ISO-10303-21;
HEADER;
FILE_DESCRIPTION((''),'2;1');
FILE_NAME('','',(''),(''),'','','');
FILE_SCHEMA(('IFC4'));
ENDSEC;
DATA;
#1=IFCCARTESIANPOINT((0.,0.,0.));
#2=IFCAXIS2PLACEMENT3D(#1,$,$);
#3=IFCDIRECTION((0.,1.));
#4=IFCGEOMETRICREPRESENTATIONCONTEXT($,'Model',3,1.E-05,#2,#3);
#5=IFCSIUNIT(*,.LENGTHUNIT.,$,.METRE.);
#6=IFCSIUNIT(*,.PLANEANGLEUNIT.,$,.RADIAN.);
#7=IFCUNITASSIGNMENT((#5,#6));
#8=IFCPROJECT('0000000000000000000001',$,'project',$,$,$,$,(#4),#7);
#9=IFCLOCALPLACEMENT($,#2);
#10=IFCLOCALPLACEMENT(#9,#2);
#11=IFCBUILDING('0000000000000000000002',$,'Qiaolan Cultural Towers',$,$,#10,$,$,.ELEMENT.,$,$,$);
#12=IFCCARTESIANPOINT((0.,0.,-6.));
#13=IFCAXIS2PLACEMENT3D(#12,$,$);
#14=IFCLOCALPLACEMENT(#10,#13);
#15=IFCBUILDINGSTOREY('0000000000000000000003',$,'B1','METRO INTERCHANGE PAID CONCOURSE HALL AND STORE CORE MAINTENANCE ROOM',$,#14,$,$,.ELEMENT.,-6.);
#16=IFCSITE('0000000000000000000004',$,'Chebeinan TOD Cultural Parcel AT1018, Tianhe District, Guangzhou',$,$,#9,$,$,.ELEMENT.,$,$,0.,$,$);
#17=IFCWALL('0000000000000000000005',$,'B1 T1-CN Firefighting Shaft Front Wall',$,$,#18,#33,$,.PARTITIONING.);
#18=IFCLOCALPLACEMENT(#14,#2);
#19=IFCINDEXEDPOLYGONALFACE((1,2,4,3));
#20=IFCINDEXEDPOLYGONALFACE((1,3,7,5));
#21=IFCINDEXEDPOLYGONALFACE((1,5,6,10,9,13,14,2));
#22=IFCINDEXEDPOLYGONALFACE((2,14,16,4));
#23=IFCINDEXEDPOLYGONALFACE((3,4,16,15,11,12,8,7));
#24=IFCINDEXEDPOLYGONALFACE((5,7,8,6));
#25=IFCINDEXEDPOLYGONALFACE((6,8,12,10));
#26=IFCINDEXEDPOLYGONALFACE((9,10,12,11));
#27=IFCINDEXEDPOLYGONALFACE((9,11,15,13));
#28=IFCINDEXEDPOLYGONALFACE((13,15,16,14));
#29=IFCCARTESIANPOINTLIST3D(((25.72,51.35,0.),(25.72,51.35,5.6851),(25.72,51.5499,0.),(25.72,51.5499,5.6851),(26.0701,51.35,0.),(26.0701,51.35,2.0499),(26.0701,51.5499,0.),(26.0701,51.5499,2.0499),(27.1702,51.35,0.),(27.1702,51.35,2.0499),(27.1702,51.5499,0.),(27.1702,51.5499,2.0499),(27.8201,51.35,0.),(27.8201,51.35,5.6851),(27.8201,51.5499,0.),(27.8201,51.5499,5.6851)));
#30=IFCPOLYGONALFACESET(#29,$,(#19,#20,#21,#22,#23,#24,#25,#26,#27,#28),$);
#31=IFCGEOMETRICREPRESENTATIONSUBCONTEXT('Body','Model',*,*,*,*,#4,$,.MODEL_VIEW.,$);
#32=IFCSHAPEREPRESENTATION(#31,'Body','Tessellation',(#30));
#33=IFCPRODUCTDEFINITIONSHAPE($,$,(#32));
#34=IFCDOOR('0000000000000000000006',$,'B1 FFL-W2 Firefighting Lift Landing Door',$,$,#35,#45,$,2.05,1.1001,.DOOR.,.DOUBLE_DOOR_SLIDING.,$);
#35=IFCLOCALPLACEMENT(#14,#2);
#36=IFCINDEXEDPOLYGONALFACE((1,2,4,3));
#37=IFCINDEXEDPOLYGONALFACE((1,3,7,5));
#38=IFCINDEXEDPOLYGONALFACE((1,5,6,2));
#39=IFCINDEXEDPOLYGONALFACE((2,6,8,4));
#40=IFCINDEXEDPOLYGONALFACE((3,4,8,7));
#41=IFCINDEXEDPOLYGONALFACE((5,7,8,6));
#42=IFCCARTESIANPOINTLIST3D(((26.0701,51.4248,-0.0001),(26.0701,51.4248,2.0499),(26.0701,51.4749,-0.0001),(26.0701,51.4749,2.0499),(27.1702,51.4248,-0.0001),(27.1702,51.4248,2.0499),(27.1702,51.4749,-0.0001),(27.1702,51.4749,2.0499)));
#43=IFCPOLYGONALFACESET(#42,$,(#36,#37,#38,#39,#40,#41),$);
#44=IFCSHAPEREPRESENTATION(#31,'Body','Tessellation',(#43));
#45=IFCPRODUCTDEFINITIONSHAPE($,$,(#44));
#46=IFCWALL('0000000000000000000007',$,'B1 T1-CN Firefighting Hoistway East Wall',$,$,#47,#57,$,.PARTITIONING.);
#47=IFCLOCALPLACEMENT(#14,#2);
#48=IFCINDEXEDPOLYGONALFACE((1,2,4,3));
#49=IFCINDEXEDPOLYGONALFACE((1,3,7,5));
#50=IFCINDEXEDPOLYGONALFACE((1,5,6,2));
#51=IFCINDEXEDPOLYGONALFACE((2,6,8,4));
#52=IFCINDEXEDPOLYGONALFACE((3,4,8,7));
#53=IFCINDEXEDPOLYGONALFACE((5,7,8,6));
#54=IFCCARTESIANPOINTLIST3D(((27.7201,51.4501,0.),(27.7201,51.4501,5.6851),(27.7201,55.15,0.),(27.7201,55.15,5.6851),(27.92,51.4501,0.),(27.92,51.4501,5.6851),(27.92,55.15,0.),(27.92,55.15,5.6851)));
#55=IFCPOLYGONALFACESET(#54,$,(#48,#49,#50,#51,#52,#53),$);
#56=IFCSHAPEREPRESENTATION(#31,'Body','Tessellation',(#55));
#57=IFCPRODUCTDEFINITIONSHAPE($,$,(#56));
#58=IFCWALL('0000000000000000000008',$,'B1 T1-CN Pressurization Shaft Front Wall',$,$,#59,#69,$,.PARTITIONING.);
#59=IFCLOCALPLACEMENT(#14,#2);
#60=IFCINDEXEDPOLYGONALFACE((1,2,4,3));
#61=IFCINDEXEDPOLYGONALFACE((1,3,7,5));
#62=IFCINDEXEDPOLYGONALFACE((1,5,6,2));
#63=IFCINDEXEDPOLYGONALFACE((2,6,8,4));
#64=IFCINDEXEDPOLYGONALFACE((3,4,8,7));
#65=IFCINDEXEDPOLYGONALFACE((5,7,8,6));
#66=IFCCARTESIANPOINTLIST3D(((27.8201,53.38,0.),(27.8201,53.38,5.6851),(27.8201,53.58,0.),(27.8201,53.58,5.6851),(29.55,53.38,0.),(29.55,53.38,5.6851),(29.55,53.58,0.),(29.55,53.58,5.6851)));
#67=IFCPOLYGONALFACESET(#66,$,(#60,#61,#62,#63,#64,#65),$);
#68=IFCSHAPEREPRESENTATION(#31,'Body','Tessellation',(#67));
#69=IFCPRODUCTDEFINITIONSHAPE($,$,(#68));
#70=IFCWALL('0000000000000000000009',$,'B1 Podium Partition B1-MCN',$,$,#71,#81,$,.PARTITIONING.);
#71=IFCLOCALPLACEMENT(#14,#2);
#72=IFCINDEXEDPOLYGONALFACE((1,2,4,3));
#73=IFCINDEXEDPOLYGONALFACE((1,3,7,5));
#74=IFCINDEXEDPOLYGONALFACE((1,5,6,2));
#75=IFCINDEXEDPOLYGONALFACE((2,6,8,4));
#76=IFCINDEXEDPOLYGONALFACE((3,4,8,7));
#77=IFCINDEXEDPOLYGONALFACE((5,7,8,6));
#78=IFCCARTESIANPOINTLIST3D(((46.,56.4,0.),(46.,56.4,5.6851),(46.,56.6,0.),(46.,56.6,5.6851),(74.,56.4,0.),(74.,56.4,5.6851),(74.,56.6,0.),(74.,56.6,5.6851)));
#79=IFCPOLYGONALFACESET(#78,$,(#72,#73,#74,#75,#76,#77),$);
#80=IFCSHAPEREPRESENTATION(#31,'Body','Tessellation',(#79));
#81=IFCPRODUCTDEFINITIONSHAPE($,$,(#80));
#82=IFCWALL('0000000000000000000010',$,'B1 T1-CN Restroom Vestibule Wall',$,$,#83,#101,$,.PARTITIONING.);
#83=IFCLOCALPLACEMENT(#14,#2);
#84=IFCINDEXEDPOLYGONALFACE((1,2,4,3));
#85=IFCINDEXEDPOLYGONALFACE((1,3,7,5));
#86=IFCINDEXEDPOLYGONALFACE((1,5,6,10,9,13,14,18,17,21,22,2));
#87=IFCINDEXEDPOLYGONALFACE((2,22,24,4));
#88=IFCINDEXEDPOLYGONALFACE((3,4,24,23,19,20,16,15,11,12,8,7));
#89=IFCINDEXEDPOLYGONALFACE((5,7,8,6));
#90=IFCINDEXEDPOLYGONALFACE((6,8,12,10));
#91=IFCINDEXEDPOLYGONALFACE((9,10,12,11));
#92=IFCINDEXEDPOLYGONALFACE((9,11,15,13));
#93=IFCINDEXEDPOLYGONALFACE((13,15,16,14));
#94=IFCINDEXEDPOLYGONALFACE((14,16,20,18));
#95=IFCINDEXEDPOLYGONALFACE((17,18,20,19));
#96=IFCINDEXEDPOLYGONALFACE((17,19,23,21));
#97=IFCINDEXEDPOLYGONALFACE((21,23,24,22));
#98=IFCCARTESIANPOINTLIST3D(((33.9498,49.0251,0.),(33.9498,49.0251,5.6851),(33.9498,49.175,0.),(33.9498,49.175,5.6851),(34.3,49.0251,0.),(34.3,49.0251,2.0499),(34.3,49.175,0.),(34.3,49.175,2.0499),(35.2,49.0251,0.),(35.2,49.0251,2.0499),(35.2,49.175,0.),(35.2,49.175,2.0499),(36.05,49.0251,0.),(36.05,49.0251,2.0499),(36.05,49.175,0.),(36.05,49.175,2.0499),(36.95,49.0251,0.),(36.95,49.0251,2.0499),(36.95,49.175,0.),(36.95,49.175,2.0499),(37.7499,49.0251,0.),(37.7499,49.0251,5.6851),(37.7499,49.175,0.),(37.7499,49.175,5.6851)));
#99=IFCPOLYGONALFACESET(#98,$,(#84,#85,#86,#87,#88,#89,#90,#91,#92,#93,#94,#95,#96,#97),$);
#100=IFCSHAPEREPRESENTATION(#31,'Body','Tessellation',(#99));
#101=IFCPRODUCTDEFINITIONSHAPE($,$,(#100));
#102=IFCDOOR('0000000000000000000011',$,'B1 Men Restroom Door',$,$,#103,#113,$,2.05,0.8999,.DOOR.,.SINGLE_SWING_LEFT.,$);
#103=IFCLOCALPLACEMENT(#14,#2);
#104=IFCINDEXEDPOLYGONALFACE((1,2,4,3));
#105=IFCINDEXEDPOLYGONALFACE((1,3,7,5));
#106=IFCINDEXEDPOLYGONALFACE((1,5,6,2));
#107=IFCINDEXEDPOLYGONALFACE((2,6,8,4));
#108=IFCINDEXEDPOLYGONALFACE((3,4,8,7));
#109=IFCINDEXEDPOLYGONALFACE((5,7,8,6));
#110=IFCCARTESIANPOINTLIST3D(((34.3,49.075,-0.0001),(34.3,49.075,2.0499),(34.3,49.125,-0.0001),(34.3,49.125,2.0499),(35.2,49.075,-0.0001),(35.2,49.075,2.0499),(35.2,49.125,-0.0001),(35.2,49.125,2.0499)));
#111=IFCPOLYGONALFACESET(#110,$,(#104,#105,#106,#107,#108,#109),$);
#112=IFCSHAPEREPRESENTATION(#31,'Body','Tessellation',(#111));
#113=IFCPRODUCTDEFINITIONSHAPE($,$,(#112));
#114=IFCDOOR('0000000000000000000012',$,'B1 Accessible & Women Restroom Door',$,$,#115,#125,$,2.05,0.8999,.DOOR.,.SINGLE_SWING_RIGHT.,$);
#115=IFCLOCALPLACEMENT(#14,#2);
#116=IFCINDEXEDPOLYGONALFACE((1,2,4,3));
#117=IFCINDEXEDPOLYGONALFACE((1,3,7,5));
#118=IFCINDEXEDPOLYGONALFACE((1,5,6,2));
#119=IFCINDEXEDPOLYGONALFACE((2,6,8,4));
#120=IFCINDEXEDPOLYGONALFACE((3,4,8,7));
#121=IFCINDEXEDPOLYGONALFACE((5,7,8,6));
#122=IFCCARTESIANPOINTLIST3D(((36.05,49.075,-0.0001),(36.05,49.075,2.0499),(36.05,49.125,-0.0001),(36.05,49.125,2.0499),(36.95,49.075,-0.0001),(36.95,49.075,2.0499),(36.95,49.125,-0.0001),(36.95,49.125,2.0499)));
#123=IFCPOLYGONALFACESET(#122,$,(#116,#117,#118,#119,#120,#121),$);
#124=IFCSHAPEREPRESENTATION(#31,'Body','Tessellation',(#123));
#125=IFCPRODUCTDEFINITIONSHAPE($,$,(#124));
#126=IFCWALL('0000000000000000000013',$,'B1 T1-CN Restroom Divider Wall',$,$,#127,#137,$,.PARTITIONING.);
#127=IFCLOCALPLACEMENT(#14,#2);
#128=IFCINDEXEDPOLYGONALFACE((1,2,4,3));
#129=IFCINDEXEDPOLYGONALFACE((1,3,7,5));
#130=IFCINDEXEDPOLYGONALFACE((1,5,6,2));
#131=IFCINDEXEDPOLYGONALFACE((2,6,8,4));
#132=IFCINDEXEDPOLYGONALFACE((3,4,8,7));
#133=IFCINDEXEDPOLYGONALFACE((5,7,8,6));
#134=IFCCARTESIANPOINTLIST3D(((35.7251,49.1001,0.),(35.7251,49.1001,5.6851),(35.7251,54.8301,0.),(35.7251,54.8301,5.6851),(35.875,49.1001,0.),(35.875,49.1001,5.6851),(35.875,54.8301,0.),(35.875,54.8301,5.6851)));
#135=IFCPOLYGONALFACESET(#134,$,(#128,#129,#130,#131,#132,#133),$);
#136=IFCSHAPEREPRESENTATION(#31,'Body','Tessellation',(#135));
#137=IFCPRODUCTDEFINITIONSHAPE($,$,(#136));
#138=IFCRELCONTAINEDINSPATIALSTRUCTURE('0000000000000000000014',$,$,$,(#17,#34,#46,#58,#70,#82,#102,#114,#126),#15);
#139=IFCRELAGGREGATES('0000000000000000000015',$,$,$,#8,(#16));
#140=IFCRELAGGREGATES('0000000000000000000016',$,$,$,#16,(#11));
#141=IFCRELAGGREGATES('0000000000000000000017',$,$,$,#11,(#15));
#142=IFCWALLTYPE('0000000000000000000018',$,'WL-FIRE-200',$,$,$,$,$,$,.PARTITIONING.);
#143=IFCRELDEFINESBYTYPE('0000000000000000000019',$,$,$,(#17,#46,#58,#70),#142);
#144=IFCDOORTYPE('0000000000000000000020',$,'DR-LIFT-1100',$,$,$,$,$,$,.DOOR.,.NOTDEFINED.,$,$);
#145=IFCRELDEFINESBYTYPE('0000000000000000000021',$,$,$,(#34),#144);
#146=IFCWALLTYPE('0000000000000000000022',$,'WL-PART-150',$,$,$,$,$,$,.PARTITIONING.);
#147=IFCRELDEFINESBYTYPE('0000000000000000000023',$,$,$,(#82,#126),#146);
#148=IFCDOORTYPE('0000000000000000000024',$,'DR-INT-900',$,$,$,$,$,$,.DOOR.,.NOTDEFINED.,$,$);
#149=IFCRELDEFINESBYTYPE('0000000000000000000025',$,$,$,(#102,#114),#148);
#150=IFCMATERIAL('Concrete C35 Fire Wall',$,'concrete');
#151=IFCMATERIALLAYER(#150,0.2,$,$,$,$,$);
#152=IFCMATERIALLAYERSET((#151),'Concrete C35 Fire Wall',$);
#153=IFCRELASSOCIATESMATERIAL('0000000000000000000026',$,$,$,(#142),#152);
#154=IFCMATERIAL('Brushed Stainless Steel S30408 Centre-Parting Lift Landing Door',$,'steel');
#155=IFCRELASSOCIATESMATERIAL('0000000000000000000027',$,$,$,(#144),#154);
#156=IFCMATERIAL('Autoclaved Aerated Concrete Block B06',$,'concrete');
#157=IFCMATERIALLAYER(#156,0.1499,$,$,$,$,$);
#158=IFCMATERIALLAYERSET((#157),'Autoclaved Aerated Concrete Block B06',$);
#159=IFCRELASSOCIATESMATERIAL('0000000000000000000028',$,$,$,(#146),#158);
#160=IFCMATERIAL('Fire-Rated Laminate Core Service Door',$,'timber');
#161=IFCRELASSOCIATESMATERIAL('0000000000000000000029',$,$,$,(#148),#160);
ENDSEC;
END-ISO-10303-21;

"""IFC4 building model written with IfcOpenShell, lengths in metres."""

from ifc_helpers import new_model, si_unit, direction, frame, frame_2d, origin, place, context, subcontext, project, spatial, rectangle, extrude, material, layer, layer_set, type_object, element, fill, save


model = new_model("IFC4")

# Units and contexts
model_context = context("Model", 3, precision=1e-05, world=origin(), true_north=direction((0.0, 1.0)))
body_context = subcontext(model_context, "Body", "Model", "MODEL_VIEW")
ifc_project = project(units=[si_unit("LENGTHUNIT", "METRE"), si_unit("PLANEANGLEUNIT", "RADIAN")], contexts=[model_context])

# Site, building, storey
site_placement = place(None, origin())
site = spatial("IfcSite", under=ifc_project, at=site_placement, Name="Chebeinan TOD Cultural Parcel AT1018, Tianhe District, Guangzhou", CompositionType="ELEMENT", RefElevation=0.0)
building_placement = place(site_placement, origin())
building = spatial("IfcBuilding", under=site, at=building_placement, Name="Qiaolan Cultural Towers", CompositionType="ELEMENT")
storey_placement = place(building_placement, frame((0.0, 0.0, -6.0)))
storey = spatial("IfcBuildingStorey", under=building, at=storey_placement, Name="B1", Description="METRO INTERCHANGE PAID CONCOURSE HALL AND STORE CORE MAINTENANCE ROOM", CompositionType="ELEMENT", Elevation=-6.0)

# Wall, opening, door
ifc_material_1 = material(Name="Concrete C35 Fire Wall", Category="concrete")
ifc_layer_1 = layer(ifc_material_1, 0.2)
ifc_layer_set_1 = layer_set([ifc_layer_1], Name="Concrete C35 Fire Wall")
wall_type_1 = type_object("IfcWallType", Name="WL-FIRE-200", PredefinedType="PARTITIONING", material=ifc_layer_set_1)
wall_1_placement = place(storey_placement, frame((25.72, 51.45, 0.0), z_axis=(0.0, 0.0, 1.0), x_axis=(1.0, 0.0, 0.0)))
wall_1 = element("IfcWall", 1, at=wall_1_placement, inside=storey, type_object=wall_type_1, Name="B1 T1-CN Firefighting Shaft Front Wall", PredefinedType="PARTITIONING", context=body_context, shape_type="SweptSolid", body=[
    extrude(rectangle(XDim=2.1001, YDim=0.2, at=frame_2d((1.05, 0.0))), origin(), (0.0, 0.0, 1.0), 5.6851),
])
opening_1_placement = place(wall_1_placement, frame((0.3501, 0.0, 0.0)))
opening_1 = element("IfcOpeningElement", 2, at=opening_1_placement, cuts=wall_1, PredefinedType="OPENING", context=body_context, shape_type="SweptSolid", body=[
    extrude(rectangle(XDim=1.1001, YDim=2.05, at=frame_2d((0.55, 1.0249))), frame((0.0, 0.1099, 0.0), z_axis=(0.0, -1.0, 0.0), x_axis=(1.0, 0.0, 0.0)), (0.0, 0.0, 1.0), 0.22),
])
ifc_material_2 = material(Name="Brushed Stainless Steel S30408 Centre-Parting Lift Landing Door", Category="steel")
door_type_1 = type_object("IfcDoorType", Name="DR-LIFT-1100", OperationType="NOTDEFINED", PredefinedType="DOOR", material=ifc_material_2)
door_1_placement = place(opening_1_placement, origin())
door_1 = element("IfcDoor", 3, at=door_1_placement, inside=storey, type_object=door_type_1, Name="B1 FFL-W2 Firefighting Lift Landing Door", OperationType="DOUBLE_DOOR_SLIDING", OverallHeight=2.05, OverallWidth=1.1001, PredefinedType="DOOR", context=body_context, shape_type="SweptSolid", body=[
    extrude(rectangle(XDim=1.1001, YDim=2.05, at=frame_2d((0.55, 1.0249))), frame((0.0, 0.0249, 0.0), z_axis=(0.0, -1.0, 0.0), x_axis=(1.0, 0.0, 0.0)), (0.0, 0.0, 1.0), 0.05),
])
fill(opening_1, door_1)

# Walls
wall_2_placement = place(storey_placement, frame((27.8201, 51.45, 0.0), z_axis=(0.0, 0.0, 1.0), x_axis=(0.0, 1.0, 0.0)))
element("IfcWall", 4, at=wall_2_placement, inside=storey, type_object=wall_type_1, Name="B1 T1-CN Firefighting Hoistway East Wall", PredefinedType="PARTITIONING", context=body_context, shape_type="SweptSolid", body=[
    extrude(rectangle(XDim=3.7, YDim=0.2, at=frame_2d((1.8501, 0.0))), origin(), (0.0, 0.0, 1.0), 5.6851),
])
wall_3_placement = place(storey_placement, frame((27.8201, 53.48, 0.0), z_axis=(0.0, 0.0, 1.0), x_axis=(1.0, 0.0, 0.0)))
element("IfcWall", 5, at=wall_3_placement, inside=storey, type_object=wall_type_1, Name="B1 T1-CN Pressurization Shaft Front Wall", PredefinedType="PARTITIONING", context=body_context, shape_type="SweptSolid", body=[
    extrude(rectangle(XDim=1.73, YDim=0.2, at=frame_2d((0.865, 0.0))), origin(), (0.0, 0.0, 1.0), 5.6851),
])
wall_4_placement = place(storey_placement, frame((46.0, 56.5, 0.0), z_axis=(0.0, 0.0, 1.0), x_axis=(1.0, 0.0, 0.0)))
element("IfcWall", 6, at=wall_4_placement, inside=storey, type_object=wall_type_1, Name="B1 Podium Partition B1-MCN", PredefinedType="PARTITIONING", context=body_context, shape_type="SweptSolid", body=[
    extrude(rectangle(XDim=28.0, YDim=0.2, at=frame_2d((14.0, 0.0))), origin(), (0.0, 0.0, 1.0), 5.6851),
])

# Wall, openings, doors
ifc_material_3 = material(Name="Autoclaved Aerated Concrete Block B06", Category="concrete")
ifc_layer_2 = layer(ifc_material_3, 0.1499)
ifc_layer_set_2 = layer_set([ifc_layer_2], Name="Autoclaved Aerated Concrete Block B06")
wall_type_2 = type_object("IfcWallType", Name="WL-PART-150", PredefinedType="PARTITIONING", material=ifc_layer_set_2)
wall_5_placement = place(storey_placement, frame((33.95, 49.1001, 0.0), z_axis=(0.0, 0.0, 1.0), x_axis=(1.0, 0.0, 0.0)))
wall_5 = element("IfcWall", 7, at=wall_5_placement, inside=storey, type_object=wall_type_2, Name="B1 T1-CN Restroom Vestibule Wall", PredefinedType="PARTITIONING", context=body_context, shape_type="SweptSolid", body=[
    extrude(rectangle(XDim=3.8, YDim=0.1499, at=frame_2d((1.8999, 0.0))), origin(), (0.0, 0.0, 1.0), 5.6851),
])
opening_2_placement = place(wall_5_placement, frame((0.3501, 0.0, 0.0)))
opening_2 = element("IfcOpeningElement", 8, at=opening_2_placement, cuts=wall_5, PredefinedType="OPENING", context=body_context, shape_type="SweptSolid", body=[
    extrude(rectangle(XDim=0.8999, YDim=2.05, at=frame_2d((0.45, 1.0249))), frame((0.0, 0.085, 0.0), z_axis=(0.0, -1.0, 0.0), x_axis=(1.0, 0.0, 0.0)), (0.0, 0.0, 1.0), 0.1699),
])
opening_3_placement = place(wall_5_placement, frame((2.1001, 0.0, 0.0)))
opening_3 = element("IfcOpeningElement", 9, at=opening_3_placement, cuts=wall_5, PredefinedType="OPENING", context=body_context, shape_type="SweptSolid", body=[
    extrude(rectangle(XDim=0.8999, YDim=2.05, at=frame_2d((0.45, 1.0249))), frame((0.0, 0.085, 0.0), z_axis=(0.0, -1.0, 0.0), x_axis=(1.0, 0.0, 0.0)), (0.0, 0.0, 1.0), 0.1699),
])
ifc_material_4 = material(Name="Fire-Rated Laminate Core Service Door", Category="timber")
door_type_2 = type_object("IfcDoorType", Name="DR-INT-900", OperationType="NOTDEFINED", PredefinedType="DOOR", material=ifc_material_4)
door_2_placement = place(opening_2_placement, origin())
door_2 = element("IfcDoor", 10, at=door_2_placement, inside=storey, type_object=door_type_2, Name="B1 Men Restroom Door", OperationType="SINGLE_SWING_LEFT", OverallHeight=2.05, OverallWidth=0.8999, PredefinedType="DOOR", context=body_context, shape_type="SweptSolid", body=[
    extrude(rectangle(XDim=0.8999, YDim=2.05, at=frame_2d((0.45, 1.0249))), frame((0.0, 0.0249, 0.0), z_axis=(0.0, -1.0, 0.0), x_axis=(1.0, 0.0, 0.0)), (0.0, 0.0, 1.0), 0.05),
])
fill(opening_2, door_2)
door_3_placement = place(opening_3_placement, origin())
door_3 = element("IfcDoor", 11, at=door_3_placement, inside=storey, type_object=door_type_2, Name="B1 Accessible & Women Restroom Door", OperationType="SINGLE_SWING_RIGHT", OverallHeight=2.05, OverallWidth=0.8999, PredefinedType="DOOR", context=body_context, shape_type="SweptSolid", body=[
    extrude(rectangle(XDim=0.8999, YDim=2.05, at=frame_2d((0.45, 1.0249))), frame((0.0, 0.0249, 0.0), z_axis=(0.0, -1.0, 0.0), x_axis=(1.0, 0.0, 0.0)), (0.0, 0.0, 1.0), 0.05),
])
fill(opening_3, door_3)

# Wall
wall_6_placement = place(storey_placement, frame((35.8, 49.1001, 0.0), z_axis=(0.0, 0.0, 1.0), x_axis=(0.0, 1.0, 0.0)))
element("IfcWall", 12, at=wall_6_placement, inside=storey, type_object=wall_type_2, Name="B1 T1-CN Restroom Divider Wall", PredefinedType="PARTITIONING", context=body_context, shape_type="SweptSolid", body=[
    extrude(rectangle(XDim=5.73, YDim=0.1499, at=frame_2d((2.865, 0.0))), origin(), (0.0, 0.0, 1.0), 5.6851),
])

save(model, "model.ifc")
